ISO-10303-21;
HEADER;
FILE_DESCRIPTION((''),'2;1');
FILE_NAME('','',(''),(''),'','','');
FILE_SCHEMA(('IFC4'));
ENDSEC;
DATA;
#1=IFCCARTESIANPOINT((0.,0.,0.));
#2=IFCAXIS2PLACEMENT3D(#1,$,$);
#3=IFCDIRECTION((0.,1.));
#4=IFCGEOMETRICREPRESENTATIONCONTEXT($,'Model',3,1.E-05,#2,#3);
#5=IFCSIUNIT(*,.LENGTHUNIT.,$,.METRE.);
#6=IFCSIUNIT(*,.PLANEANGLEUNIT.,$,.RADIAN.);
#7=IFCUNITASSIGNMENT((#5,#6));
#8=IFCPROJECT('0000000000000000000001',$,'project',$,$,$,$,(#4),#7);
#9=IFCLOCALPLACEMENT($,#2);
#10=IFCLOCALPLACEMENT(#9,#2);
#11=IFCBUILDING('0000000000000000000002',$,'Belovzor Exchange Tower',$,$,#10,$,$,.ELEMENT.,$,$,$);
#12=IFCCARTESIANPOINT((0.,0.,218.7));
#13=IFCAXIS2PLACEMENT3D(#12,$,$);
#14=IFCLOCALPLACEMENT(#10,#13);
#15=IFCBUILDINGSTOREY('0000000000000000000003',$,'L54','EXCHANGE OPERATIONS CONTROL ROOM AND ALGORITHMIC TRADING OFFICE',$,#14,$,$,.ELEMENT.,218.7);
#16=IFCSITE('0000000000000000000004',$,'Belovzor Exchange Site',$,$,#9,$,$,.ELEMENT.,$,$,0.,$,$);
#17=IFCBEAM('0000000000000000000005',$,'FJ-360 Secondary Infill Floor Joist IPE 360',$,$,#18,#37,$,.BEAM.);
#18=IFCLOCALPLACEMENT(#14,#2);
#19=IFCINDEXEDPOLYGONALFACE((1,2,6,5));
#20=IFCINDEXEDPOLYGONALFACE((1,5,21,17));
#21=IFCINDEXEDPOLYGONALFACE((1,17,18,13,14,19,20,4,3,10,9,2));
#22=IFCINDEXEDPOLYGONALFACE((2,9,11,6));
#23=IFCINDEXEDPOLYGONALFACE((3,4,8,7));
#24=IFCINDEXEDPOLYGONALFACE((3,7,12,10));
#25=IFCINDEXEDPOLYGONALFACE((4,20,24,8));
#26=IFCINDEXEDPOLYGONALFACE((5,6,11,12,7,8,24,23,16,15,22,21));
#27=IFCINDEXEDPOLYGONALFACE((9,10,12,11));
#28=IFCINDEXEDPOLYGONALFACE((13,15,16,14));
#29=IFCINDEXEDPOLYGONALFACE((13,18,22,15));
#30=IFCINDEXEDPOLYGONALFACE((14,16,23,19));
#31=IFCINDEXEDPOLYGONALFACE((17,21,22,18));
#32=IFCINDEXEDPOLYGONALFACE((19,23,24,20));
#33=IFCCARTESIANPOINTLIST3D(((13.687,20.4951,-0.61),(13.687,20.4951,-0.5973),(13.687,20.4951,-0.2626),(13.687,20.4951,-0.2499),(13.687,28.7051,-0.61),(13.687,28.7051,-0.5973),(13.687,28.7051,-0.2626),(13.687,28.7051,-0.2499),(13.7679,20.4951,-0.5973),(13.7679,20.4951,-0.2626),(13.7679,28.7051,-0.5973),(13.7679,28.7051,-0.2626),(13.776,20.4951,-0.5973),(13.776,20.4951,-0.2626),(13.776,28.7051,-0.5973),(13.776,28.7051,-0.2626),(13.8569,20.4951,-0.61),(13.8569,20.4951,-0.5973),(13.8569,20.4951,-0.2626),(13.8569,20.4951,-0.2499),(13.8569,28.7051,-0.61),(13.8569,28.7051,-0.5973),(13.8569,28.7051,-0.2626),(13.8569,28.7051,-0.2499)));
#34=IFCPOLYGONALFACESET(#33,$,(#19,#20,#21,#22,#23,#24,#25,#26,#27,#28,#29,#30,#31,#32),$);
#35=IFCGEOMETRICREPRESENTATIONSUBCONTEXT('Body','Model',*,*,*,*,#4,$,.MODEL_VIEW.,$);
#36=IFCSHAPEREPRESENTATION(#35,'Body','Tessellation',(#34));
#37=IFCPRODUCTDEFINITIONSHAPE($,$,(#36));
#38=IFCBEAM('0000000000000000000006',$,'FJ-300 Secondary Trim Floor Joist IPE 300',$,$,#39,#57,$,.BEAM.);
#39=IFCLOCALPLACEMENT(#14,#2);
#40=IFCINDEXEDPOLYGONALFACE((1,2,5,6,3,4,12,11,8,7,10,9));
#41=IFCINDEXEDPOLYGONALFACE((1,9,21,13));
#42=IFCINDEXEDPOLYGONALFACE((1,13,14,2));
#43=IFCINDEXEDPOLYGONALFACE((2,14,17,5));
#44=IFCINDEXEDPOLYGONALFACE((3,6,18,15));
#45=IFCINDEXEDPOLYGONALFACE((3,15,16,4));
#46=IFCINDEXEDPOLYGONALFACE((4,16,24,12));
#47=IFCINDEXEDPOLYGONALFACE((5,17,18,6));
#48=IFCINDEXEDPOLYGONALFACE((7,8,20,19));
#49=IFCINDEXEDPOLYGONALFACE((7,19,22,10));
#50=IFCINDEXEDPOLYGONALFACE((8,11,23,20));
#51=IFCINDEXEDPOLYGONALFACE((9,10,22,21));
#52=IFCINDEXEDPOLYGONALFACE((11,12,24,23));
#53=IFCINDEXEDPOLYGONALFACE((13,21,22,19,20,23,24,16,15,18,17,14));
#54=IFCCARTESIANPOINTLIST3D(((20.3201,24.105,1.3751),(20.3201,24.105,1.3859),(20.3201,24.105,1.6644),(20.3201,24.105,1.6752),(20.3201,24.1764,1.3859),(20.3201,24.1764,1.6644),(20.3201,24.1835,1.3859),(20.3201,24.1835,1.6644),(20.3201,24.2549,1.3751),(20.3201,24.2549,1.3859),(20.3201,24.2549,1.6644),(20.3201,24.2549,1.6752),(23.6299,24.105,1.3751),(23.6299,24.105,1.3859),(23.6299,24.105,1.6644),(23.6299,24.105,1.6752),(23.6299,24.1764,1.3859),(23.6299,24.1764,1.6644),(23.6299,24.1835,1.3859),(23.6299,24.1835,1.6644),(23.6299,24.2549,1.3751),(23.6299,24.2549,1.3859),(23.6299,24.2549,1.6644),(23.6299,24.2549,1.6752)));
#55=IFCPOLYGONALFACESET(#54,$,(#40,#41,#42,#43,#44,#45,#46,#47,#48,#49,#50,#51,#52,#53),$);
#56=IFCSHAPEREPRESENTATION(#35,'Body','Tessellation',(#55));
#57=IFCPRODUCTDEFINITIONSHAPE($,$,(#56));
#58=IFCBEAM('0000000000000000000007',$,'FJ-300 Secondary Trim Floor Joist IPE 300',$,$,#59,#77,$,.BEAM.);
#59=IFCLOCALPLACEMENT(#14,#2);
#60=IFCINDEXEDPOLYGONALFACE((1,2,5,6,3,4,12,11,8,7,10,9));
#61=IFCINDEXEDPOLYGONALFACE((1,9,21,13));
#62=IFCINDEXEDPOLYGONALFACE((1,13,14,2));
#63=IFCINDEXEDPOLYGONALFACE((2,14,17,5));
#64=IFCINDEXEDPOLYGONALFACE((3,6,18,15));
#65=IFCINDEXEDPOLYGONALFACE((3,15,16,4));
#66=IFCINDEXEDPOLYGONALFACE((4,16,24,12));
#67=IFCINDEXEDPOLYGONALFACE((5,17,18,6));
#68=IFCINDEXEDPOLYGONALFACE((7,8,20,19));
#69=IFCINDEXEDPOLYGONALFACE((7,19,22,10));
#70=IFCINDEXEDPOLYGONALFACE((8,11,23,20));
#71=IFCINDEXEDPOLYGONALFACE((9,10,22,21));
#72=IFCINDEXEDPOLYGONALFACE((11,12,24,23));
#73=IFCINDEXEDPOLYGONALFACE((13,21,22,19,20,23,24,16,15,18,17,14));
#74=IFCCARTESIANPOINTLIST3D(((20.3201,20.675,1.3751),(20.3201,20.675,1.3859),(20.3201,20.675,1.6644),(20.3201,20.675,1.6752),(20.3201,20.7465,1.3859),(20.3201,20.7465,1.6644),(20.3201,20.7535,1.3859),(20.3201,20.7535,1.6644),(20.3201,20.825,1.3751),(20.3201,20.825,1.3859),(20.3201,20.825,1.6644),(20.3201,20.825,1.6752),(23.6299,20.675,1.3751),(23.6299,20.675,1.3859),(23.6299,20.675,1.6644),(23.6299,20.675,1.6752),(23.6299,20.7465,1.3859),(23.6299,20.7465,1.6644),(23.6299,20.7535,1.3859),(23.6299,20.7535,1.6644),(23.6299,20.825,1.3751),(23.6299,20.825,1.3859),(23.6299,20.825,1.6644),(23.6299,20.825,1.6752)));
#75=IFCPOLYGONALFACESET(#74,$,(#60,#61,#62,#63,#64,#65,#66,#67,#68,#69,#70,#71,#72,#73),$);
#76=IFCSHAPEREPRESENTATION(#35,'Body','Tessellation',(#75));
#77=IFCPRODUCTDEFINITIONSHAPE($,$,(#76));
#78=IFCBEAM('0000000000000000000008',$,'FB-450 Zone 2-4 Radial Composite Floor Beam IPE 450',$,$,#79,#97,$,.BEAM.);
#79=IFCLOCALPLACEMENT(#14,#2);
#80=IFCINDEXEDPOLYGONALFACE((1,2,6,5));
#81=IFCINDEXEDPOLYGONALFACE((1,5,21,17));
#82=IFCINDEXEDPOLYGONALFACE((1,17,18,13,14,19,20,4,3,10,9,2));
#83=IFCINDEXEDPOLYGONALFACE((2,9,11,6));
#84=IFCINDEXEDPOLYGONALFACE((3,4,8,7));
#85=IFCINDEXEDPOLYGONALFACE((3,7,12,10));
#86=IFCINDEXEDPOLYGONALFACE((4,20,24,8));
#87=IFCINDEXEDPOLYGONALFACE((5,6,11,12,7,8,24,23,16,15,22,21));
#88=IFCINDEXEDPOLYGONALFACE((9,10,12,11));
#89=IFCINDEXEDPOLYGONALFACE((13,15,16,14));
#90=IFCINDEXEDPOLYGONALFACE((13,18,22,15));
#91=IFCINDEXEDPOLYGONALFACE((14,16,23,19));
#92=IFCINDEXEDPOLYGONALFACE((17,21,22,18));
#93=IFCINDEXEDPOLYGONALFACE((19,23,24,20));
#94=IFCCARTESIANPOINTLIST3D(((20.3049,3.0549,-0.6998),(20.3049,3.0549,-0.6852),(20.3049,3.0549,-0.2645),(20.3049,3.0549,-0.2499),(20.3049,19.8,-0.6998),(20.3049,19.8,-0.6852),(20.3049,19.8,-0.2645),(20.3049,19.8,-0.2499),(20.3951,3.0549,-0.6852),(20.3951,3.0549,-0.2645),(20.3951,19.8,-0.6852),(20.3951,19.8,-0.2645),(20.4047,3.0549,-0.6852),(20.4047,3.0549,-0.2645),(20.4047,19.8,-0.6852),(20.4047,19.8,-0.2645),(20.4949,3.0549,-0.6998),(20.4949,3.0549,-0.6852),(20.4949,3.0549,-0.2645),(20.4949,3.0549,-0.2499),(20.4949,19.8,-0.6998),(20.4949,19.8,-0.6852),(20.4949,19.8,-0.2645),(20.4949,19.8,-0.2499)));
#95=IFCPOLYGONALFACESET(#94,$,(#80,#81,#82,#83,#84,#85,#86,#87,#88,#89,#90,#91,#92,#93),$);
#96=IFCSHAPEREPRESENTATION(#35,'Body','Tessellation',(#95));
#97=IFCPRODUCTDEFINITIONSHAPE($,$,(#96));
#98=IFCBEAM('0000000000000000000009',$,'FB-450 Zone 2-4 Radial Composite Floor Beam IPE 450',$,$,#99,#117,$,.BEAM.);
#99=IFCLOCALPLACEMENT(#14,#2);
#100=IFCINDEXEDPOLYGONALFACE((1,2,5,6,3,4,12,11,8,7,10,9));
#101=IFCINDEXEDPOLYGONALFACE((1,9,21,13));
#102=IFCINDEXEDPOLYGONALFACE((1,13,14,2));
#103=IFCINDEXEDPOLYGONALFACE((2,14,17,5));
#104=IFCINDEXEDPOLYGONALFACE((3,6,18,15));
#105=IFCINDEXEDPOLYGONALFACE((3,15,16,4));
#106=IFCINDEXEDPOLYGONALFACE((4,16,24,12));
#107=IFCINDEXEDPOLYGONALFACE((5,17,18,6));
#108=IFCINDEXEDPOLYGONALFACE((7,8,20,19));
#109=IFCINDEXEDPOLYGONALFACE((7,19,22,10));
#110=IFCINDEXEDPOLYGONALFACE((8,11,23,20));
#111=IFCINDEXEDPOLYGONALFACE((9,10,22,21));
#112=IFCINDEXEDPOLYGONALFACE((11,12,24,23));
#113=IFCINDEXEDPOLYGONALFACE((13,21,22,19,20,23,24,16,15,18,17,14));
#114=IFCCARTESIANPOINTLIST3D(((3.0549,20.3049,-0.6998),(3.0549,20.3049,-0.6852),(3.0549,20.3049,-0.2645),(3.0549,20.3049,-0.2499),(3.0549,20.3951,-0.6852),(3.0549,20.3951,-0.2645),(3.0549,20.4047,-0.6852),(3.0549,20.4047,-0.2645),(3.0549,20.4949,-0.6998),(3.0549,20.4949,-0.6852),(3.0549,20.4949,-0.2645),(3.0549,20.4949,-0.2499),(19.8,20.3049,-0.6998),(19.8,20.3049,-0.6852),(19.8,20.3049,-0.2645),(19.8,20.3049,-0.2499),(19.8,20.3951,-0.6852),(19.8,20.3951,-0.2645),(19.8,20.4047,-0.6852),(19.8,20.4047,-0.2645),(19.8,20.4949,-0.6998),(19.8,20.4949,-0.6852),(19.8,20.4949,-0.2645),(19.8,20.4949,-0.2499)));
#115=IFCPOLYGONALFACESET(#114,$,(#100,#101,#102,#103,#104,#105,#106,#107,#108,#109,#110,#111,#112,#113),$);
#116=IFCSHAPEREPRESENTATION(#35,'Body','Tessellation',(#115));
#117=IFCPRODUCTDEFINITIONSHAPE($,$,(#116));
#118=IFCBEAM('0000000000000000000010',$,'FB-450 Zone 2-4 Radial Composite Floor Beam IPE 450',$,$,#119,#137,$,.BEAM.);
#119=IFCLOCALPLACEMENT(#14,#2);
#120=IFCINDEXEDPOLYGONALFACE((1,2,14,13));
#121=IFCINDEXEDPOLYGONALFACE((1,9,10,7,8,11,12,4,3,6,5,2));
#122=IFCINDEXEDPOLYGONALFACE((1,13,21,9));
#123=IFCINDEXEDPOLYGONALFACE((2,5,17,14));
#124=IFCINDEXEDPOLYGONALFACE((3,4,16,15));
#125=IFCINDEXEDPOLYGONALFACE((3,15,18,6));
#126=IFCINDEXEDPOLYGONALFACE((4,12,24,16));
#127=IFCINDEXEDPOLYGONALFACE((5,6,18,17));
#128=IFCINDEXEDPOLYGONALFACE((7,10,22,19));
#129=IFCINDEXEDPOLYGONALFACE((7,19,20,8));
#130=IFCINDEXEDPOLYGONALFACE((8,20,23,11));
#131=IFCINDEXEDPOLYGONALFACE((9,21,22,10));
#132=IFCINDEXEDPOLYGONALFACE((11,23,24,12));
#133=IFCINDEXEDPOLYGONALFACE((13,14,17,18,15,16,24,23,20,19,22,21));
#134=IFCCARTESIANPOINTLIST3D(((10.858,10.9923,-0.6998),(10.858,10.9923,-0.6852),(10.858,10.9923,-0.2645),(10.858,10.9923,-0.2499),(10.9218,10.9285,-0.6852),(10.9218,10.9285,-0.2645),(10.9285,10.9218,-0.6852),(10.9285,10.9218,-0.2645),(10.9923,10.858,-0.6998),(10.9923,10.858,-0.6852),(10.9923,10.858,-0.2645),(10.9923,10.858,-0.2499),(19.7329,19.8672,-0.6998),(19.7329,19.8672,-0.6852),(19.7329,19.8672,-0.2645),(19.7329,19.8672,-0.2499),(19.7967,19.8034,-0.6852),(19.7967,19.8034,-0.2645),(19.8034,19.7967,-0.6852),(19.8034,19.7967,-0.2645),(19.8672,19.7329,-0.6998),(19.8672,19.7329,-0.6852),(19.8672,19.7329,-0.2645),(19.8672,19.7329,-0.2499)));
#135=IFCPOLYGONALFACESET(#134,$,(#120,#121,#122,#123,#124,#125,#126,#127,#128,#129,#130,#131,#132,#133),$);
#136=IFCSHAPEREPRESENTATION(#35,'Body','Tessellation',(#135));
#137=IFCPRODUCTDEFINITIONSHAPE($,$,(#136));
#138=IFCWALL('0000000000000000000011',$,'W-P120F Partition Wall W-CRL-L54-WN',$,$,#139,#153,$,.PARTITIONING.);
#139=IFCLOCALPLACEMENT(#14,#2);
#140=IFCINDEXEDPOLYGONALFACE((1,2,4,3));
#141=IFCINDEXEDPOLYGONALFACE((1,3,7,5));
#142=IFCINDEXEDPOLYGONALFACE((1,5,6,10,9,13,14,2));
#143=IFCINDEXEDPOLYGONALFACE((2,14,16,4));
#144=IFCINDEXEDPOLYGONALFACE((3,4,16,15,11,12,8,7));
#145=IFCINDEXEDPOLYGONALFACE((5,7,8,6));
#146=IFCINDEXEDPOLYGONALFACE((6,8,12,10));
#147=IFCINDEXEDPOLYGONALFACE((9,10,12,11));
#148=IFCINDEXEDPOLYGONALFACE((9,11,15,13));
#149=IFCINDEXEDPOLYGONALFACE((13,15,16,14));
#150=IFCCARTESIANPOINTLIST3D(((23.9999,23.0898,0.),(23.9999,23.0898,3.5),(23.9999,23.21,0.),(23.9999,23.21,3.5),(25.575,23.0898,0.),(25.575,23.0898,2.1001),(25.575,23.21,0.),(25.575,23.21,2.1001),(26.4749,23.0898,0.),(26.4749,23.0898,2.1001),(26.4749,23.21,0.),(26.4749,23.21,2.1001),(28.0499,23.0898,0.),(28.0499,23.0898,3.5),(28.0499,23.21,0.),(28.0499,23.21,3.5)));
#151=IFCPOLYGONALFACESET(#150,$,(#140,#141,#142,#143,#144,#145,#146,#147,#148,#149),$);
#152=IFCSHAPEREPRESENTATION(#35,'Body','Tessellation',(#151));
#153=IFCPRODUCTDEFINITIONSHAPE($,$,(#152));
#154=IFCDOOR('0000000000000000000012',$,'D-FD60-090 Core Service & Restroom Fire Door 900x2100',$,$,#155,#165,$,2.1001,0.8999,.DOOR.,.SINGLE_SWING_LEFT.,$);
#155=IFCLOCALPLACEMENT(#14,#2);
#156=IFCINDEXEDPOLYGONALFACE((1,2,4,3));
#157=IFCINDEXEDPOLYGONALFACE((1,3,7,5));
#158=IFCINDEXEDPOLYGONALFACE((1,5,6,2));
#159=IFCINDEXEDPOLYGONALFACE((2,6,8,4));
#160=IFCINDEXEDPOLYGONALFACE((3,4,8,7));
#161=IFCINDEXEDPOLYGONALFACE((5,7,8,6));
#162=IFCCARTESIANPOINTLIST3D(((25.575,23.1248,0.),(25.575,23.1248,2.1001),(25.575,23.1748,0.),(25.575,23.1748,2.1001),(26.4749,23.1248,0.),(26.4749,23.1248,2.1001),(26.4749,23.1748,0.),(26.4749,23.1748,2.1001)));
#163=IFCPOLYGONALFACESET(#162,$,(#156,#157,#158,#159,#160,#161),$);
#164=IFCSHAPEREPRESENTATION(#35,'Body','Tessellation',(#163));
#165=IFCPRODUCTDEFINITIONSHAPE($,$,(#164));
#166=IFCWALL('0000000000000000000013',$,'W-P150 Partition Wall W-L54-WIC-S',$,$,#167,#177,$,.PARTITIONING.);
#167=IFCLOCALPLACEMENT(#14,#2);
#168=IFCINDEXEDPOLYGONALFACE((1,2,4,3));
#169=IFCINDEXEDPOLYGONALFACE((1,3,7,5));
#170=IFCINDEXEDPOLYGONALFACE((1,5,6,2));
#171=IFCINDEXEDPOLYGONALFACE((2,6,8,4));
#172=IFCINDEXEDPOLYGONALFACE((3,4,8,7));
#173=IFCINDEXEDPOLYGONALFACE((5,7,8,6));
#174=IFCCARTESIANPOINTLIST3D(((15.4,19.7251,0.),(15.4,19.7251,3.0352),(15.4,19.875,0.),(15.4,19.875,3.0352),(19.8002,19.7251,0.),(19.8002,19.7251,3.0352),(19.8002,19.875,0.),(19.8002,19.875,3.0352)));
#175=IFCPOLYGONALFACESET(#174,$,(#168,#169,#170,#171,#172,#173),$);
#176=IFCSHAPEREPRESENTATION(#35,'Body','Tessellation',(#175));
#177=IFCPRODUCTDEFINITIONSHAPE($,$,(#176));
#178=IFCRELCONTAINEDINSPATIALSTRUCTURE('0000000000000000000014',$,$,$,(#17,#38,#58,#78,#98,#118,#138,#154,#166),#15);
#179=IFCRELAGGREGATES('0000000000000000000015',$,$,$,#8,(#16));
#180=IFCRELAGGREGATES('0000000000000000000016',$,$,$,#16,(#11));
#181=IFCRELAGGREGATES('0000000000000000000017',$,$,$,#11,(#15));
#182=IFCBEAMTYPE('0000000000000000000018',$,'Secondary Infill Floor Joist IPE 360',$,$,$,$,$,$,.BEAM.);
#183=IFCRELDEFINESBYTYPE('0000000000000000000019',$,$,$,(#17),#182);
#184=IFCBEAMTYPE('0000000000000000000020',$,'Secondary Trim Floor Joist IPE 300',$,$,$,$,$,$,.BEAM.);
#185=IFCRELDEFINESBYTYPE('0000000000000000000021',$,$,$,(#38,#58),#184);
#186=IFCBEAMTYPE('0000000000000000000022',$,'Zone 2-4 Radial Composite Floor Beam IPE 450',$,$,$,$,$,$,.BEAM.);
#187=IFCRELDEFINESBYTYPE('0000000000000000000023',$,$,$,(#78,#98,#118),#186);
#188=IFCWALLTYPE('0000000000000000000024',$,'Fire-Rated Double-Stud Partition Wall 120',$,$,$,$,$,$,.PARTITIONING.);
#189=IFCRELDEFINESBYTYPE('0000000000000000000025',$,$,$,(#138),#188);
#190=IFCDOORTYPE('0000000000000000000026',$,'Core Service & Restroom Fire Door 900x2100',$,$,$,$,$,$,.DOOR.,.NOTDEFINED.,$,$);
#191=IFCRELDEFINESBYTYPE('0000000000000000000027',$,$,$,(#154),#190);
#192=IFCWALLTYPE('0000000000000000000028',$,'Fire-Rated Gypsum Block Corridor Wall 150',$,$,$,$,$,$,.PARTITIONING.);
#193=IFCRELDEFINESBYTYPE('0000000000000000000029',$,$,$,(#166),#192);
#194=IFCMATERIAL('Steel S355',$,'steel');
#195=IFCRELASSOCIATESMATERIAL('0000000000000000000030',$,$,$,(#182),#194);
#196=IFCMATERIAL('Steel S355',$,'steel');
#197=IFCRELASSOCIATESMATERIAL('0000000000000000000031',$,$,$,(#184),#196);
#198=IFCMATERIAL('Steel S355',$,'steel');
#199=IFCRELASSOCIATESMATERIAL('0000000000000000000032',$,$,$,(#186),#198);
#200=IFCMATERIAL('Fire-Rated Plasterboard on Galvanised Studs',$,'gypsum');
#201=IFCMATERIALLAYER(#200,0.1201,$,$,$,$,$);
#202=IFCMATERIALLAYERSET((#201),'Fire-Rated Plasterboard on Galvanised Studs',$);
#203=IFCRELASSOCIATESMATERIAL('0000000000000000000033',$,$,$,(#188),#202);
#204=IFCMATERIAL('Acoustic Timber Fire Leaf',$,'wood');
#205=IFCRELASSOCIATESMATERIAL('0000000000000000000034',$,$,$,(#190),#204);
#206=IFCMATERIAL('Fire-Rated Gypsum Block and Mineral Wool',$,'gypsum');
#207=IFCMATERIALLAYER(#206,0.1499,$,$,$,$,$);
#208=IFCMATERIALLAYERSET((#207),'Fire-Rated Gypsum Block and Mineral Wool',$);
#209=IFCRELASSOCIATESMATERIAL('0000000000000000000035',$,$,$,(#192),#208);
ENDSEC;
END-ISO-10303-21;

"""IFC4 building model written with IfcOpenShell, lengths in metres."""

from ifc_helpers import new_model, si_unit, direction, frame, frame_2d, origin, origin_2d, place, context, subcontext, project, spatial, rectangle, i_section, extrude, material, layer, layer_set, material_profile, profile_set, type_object, element, fill, save


model = new_model("IFC4")

# Units and contexts
model_context = context("Model", 3, precision=1e-05, world=origin(), true_north=direction((0.0, 1.0)))
body_context = subcontext(model_context, "Body", "Model", "MODEL_VIEW")
ifc_project = project(units=[si_unit("LENGTHUNIT", "METRE"), si_unit("PLANEANGLEUNIT", "RADIAN")], contexts=[model_context])

# Site, building, storey
site_placement = place(None, origin())
site = spatial("IfcSite", under=ifc_project, at=site_placement, Name="Belovzor Exchange Site", CompositionType="ELEMENT", RefElevation=0.0)
building_placement = place(site_placement, origin())
building = spatial("IfcBuilding", under=site, at=building_placement, Name="Belovzor Exchange Tower", CompositionType="ELEMENT")
storey_placement = place(building_placement, frame((0.0, 0.0, 218.7)))
storey = spatial("IfcBuildingStorey", under=building, at=storey_placement, Name="L54", Description="EXCHANGE OPERATIONS CONTROL ROOM AND ALGORITHMIC TRADING OFFICE", CompositionType="ELEMENT", Elevation=218.7)

# Beams
ifc_material_1 = material(Name="Steel S355", Category="steel")
ifc_material_profile_1 = material_profile(ifc_material_1, i_section(OverallWidth=0.1699, OverallDepth=0.3601, WebThickness=0.0081, FlangeThickness=0.0127, at=origin_2d()))
ifc_profile_set_1 = profile_set([ifc_material_profile_1], Name="Steel S355")
beam_type_1 = type_object("IfcBeamType", Name="Secondary Infill Floor Joist IPE 360", PredefinedType="BEAM", material=ifc_profile_set_1)
beam_1_placement = place(storey_placement, frame((13.772, 20.4951, -0.4299), z_axis=(0.0, 1.0, 0.0), x_axis=(-1.0, 0.0, 0.0)))
element("IfcBeam", 1, at=beam_1_placement, inside=storey, type_object=beam_type_1, Name="FJ-360 Secondary Infill Floor Joist IPE 360", PredefinedType="BEAM", context=body_context, shape_type="SweptSolid", body=[
    extrude(i_section(OverallWidth=0.1699, OverallDepth=0.3601, WebThickness=0.0081, FlangeThickness=0.0127, at=origin_2d()), origin(), (0.0, 0.0, 1.0), 8.21),
])
ifc_material_2 = material(Name="Steel S355", Category="steel")
ifc_material_profile_2 = material_profile(ifc_material_2, i_section(OverallWidth=0.1499, OverallDepth=0.3, WebThickness=0.0071, FlangeThickness=0.0107, at=origin_2d()))
ifc_profile_set_2 = profile_set([ifc_material_profile_2], Name="Steel S355")
beam_type_2 = type_object("IfcBeamType", Name="Secondary Trim Floor Joist IPE 300", PredefinedType="BEAM", material=ifc_profile_set_2)
for number, where, z_axis, x_axis, name in (
    (2, (20.3201, 24.1799, 1.5251), (1.0, 0.0, 0.0), (0.0, 1.0, 0.0), "FJ-300 Secondary Trim Floor Joist IPE 300"),
    (3, (20.3201, 20.75, 1.5251), (1.0, 0.0, 0.0), (0.0, 1.0, 0.0), "FJ-300 Secondary Trim Floor Joist IPE 300"),
):
    element("IfcBeam", number, at=place(storey_placement, frame(where, z_axis=z_axis, x_axis=x_axis)), inside=storey, type_object=beam_type_2, Name=name, PredefinedType="BEAM", context=body_context, shape_type="SweptSolid", body=[
        extrude(i_section(OverallWidth=0.1499, OverallDepth=0.3, WebThickness=0.0071, FlangeThickness=0.0107, at=origin_2d()), origin(), (0.0, 0.0, 1.0), 3.3098),
    ])
ifc_material_3 = material(Name="Steel S355", Category="steel")
ifc_material_profile_3 = material_profile(ifc_material_3, i_section(OverallWidth=0.1899, OverallDepth=0.45, WebThickness=0.0095, FlangeThickness=0.0146, at=origin_2d()))
ifc_profile_set_3 = profile_set([ifc_material_profile_3], Name="Steel S355")
beam_type_3 = type_object("IfcBeamType", Name="Zone 2-4 Radial Composite Floor Beam IPE 450", PredefinedType="BEAM", material=ifc_profile_set_3)
for number, where, z_axis, x_axis, name in (
    (4, (20.3999, 19.8, -0.4749), (0.0, -1.0, 0.0), (1.0, 0.0, 0.0), "FB-450 Zone 2-4 Radial Composite Floor Beam IPE 450"),
    (5, (19.8, 20.3999, -0.4749), (-1.0, 0.0, 0.0), (0.0, -1.0, 0.0), "FB-450 Zone 2-4 Radial Composite Floor Beam IPE 450"),
):
    element("IfcBeam", number, at=place(storey_placement, frame(where, z_axis=z_axis, x_axis=x_axis)), inside=storey, type_object=beam_type_3, Name=name, PredefinedType="BEAM", context=body_context, shape_type="SweptSolid", body=[
        extrude(i_section(OverallWidth=0.1899, OverallDepth=0.45, WebThickness=0.0095, FlangeThickness=0.0146, at=origin_2d()), origin(), (0.0, 0.0, 1.0), 16.7451),
    ])
beam_2_placement = place(storey_placement, frame((19.8, 19.8, -0.4749), z_axis=(-0.707107, -0.707107, 0.0), x_axis=(0.707107, -0.707107, 0.0)))
element("IfcBeam", 6, at=beam_2_placement, inside=storey, type_object=beam_type_3, Name="FB-450 Zone 2-4 Radial Composite Floor Beam IPE 450", PredefinedType="BEAM", context=body_context, shape_type="SweptSolid", body=[
    extrude(i_section(OverallWidth=0.1899, OverallDepth=0.45, WebThickness=0.0095, FlangeThickness=0.0146, at=origin_2d()), origin(), (0.0, 0.0, 1.0), 12.551),
])

# Wall, opening, door
ifc_material_4 = material(Name="Fire-Rated Plasterboard on Galvanised Studs", Category="gypsum")
ifc_layer_1 = layer(ifc_material_4, 0.1201)
ifc_layer_set_1 = layer_set([ifc_layer_1], Name="Fire-Rated Plasterboard on Galvanised Studs")
wall_type_1 = type_object("IfcWallType", Name="Fire-Rated Double-Stud Partition Wall 120", PredefinedType="PARTITIONING", material=ifc_layer_set_1)
wall_1_placement = place(storey_placement, frame((24.0, 23.1499, 0.0), z_axis=(0.0, 0.0, 1.0), x_axis=(1.0, 0.0, 0.0)))
wall_1 = element("IfcWall", 7, at=wall_1_placement, inside=storey, type_object=wall_type_1, Name="W-P120F Partition Wall W-CRL-L54-WN", PredefinedType="PARTITIONING", context=body_context, shape_type="SweptSolid", body=[
    extrude(rectangle(XDim=4.05, YDim=0.1201, at=frame_2d((2.0249, 0.0))), origin(), (0.0, 0.0, 1.0), 3.5),
])
opening_1_placement = place(wall_1_placement, frame((1.575, 0.0, 0.0)))
opening_1 = element("IfcOpeningElement", 8, at=opening_1_placement, cuts=wall_1, PredefinedType="OPENING", context=body_context, shape_type="SweptSolid", body=[
    extrude(rectangle(XDim=0.8999, YDim=2.1001, at=frame_2d((0.45, 1.05))), frame((0.0, 0.0701, 0.0), z_axis=(0.0, -1.0, 0.0), x_axis=(1.0, 0.0, 0.0)), (0.0, 0.0, 1.0), 0.1401),
])
ifc_material_5 = material(Name="Acoustic Timber Fire Leaf", Category="wood")
door_type_1 = type_object("IfcDoorType", Name="Core Service & Restroom Fire Door 900x2100", OperationType="NOTDEFINED", PredefinedType="DOOR", material=ifc_material_5)
door_1_placement = place(opening_1_placement, origin())
door_1 = element("IfcDoor", 9, at=door_1_placement, inside=storey, type_object=door_type_1, Name="D-FD60-090 Core Service & Restroom Fire Door 900x2100", OperationType="SINGLE_SWING_LEFT", OverallHeight=2.1001, OverallWidth=0.8999, PredefinedType="DOOR", context=body_context, shape_type="SweptSolid", body=[
    extrude(rectangle(XDim=0.8999, YDim=2.1001, at=frame_2d((0.45, 1.05))), frame((0.0, 0.0249, 0.0), z_axis=(0.0, -1.0, 0.0), x_axis=(1.0, 0.0, 0.0)), (0.0, 0.0, 1.0), 0.05),
])
fill(opening_1, door_1)

# Wall
ifc_material_6 = material(Name="Fire-Rated Gypsum Block and Mineral Wool", Category="gypsum")
ifc_layer_2 = layer(ifc_material_6, 0.1499)
ifc_layer_set_2 = layer_set([ifc_layer_2], Name="Fire-Rated Gypsum Block and Mineral Wool")
wall_type_2 = type_object("IfcWallType", Name="Fire-Rated Gypsum Block Corridor Wall 150", PredefinedType="PARTITIONING", material=ifc_layer_set_2)
wall_2_placement = place(storey_placement, frame((15.3999, 19.8, 0.0), z_axis=(0.0, 0.0, 1.0), x_axis=(1.0, 0.0, 0.0)))
element("IfcWall", 10, at=wall_2_placement, inside=storey, type_object=wall_type_2, Name="W-P150 Partition Wall W-L54-WIC-S", PredefinedType="PARTITIONING", context=body_context, shape_type="SweptSolid", body=[
    extrude(rectangle(XDim=4.4001, YDim=0.1499, at=frame_2d((2.2002, 0.0))), origin(), (0.0, 0.0, 1.0), 3.0352),
])

save(model, "model.ifc")
